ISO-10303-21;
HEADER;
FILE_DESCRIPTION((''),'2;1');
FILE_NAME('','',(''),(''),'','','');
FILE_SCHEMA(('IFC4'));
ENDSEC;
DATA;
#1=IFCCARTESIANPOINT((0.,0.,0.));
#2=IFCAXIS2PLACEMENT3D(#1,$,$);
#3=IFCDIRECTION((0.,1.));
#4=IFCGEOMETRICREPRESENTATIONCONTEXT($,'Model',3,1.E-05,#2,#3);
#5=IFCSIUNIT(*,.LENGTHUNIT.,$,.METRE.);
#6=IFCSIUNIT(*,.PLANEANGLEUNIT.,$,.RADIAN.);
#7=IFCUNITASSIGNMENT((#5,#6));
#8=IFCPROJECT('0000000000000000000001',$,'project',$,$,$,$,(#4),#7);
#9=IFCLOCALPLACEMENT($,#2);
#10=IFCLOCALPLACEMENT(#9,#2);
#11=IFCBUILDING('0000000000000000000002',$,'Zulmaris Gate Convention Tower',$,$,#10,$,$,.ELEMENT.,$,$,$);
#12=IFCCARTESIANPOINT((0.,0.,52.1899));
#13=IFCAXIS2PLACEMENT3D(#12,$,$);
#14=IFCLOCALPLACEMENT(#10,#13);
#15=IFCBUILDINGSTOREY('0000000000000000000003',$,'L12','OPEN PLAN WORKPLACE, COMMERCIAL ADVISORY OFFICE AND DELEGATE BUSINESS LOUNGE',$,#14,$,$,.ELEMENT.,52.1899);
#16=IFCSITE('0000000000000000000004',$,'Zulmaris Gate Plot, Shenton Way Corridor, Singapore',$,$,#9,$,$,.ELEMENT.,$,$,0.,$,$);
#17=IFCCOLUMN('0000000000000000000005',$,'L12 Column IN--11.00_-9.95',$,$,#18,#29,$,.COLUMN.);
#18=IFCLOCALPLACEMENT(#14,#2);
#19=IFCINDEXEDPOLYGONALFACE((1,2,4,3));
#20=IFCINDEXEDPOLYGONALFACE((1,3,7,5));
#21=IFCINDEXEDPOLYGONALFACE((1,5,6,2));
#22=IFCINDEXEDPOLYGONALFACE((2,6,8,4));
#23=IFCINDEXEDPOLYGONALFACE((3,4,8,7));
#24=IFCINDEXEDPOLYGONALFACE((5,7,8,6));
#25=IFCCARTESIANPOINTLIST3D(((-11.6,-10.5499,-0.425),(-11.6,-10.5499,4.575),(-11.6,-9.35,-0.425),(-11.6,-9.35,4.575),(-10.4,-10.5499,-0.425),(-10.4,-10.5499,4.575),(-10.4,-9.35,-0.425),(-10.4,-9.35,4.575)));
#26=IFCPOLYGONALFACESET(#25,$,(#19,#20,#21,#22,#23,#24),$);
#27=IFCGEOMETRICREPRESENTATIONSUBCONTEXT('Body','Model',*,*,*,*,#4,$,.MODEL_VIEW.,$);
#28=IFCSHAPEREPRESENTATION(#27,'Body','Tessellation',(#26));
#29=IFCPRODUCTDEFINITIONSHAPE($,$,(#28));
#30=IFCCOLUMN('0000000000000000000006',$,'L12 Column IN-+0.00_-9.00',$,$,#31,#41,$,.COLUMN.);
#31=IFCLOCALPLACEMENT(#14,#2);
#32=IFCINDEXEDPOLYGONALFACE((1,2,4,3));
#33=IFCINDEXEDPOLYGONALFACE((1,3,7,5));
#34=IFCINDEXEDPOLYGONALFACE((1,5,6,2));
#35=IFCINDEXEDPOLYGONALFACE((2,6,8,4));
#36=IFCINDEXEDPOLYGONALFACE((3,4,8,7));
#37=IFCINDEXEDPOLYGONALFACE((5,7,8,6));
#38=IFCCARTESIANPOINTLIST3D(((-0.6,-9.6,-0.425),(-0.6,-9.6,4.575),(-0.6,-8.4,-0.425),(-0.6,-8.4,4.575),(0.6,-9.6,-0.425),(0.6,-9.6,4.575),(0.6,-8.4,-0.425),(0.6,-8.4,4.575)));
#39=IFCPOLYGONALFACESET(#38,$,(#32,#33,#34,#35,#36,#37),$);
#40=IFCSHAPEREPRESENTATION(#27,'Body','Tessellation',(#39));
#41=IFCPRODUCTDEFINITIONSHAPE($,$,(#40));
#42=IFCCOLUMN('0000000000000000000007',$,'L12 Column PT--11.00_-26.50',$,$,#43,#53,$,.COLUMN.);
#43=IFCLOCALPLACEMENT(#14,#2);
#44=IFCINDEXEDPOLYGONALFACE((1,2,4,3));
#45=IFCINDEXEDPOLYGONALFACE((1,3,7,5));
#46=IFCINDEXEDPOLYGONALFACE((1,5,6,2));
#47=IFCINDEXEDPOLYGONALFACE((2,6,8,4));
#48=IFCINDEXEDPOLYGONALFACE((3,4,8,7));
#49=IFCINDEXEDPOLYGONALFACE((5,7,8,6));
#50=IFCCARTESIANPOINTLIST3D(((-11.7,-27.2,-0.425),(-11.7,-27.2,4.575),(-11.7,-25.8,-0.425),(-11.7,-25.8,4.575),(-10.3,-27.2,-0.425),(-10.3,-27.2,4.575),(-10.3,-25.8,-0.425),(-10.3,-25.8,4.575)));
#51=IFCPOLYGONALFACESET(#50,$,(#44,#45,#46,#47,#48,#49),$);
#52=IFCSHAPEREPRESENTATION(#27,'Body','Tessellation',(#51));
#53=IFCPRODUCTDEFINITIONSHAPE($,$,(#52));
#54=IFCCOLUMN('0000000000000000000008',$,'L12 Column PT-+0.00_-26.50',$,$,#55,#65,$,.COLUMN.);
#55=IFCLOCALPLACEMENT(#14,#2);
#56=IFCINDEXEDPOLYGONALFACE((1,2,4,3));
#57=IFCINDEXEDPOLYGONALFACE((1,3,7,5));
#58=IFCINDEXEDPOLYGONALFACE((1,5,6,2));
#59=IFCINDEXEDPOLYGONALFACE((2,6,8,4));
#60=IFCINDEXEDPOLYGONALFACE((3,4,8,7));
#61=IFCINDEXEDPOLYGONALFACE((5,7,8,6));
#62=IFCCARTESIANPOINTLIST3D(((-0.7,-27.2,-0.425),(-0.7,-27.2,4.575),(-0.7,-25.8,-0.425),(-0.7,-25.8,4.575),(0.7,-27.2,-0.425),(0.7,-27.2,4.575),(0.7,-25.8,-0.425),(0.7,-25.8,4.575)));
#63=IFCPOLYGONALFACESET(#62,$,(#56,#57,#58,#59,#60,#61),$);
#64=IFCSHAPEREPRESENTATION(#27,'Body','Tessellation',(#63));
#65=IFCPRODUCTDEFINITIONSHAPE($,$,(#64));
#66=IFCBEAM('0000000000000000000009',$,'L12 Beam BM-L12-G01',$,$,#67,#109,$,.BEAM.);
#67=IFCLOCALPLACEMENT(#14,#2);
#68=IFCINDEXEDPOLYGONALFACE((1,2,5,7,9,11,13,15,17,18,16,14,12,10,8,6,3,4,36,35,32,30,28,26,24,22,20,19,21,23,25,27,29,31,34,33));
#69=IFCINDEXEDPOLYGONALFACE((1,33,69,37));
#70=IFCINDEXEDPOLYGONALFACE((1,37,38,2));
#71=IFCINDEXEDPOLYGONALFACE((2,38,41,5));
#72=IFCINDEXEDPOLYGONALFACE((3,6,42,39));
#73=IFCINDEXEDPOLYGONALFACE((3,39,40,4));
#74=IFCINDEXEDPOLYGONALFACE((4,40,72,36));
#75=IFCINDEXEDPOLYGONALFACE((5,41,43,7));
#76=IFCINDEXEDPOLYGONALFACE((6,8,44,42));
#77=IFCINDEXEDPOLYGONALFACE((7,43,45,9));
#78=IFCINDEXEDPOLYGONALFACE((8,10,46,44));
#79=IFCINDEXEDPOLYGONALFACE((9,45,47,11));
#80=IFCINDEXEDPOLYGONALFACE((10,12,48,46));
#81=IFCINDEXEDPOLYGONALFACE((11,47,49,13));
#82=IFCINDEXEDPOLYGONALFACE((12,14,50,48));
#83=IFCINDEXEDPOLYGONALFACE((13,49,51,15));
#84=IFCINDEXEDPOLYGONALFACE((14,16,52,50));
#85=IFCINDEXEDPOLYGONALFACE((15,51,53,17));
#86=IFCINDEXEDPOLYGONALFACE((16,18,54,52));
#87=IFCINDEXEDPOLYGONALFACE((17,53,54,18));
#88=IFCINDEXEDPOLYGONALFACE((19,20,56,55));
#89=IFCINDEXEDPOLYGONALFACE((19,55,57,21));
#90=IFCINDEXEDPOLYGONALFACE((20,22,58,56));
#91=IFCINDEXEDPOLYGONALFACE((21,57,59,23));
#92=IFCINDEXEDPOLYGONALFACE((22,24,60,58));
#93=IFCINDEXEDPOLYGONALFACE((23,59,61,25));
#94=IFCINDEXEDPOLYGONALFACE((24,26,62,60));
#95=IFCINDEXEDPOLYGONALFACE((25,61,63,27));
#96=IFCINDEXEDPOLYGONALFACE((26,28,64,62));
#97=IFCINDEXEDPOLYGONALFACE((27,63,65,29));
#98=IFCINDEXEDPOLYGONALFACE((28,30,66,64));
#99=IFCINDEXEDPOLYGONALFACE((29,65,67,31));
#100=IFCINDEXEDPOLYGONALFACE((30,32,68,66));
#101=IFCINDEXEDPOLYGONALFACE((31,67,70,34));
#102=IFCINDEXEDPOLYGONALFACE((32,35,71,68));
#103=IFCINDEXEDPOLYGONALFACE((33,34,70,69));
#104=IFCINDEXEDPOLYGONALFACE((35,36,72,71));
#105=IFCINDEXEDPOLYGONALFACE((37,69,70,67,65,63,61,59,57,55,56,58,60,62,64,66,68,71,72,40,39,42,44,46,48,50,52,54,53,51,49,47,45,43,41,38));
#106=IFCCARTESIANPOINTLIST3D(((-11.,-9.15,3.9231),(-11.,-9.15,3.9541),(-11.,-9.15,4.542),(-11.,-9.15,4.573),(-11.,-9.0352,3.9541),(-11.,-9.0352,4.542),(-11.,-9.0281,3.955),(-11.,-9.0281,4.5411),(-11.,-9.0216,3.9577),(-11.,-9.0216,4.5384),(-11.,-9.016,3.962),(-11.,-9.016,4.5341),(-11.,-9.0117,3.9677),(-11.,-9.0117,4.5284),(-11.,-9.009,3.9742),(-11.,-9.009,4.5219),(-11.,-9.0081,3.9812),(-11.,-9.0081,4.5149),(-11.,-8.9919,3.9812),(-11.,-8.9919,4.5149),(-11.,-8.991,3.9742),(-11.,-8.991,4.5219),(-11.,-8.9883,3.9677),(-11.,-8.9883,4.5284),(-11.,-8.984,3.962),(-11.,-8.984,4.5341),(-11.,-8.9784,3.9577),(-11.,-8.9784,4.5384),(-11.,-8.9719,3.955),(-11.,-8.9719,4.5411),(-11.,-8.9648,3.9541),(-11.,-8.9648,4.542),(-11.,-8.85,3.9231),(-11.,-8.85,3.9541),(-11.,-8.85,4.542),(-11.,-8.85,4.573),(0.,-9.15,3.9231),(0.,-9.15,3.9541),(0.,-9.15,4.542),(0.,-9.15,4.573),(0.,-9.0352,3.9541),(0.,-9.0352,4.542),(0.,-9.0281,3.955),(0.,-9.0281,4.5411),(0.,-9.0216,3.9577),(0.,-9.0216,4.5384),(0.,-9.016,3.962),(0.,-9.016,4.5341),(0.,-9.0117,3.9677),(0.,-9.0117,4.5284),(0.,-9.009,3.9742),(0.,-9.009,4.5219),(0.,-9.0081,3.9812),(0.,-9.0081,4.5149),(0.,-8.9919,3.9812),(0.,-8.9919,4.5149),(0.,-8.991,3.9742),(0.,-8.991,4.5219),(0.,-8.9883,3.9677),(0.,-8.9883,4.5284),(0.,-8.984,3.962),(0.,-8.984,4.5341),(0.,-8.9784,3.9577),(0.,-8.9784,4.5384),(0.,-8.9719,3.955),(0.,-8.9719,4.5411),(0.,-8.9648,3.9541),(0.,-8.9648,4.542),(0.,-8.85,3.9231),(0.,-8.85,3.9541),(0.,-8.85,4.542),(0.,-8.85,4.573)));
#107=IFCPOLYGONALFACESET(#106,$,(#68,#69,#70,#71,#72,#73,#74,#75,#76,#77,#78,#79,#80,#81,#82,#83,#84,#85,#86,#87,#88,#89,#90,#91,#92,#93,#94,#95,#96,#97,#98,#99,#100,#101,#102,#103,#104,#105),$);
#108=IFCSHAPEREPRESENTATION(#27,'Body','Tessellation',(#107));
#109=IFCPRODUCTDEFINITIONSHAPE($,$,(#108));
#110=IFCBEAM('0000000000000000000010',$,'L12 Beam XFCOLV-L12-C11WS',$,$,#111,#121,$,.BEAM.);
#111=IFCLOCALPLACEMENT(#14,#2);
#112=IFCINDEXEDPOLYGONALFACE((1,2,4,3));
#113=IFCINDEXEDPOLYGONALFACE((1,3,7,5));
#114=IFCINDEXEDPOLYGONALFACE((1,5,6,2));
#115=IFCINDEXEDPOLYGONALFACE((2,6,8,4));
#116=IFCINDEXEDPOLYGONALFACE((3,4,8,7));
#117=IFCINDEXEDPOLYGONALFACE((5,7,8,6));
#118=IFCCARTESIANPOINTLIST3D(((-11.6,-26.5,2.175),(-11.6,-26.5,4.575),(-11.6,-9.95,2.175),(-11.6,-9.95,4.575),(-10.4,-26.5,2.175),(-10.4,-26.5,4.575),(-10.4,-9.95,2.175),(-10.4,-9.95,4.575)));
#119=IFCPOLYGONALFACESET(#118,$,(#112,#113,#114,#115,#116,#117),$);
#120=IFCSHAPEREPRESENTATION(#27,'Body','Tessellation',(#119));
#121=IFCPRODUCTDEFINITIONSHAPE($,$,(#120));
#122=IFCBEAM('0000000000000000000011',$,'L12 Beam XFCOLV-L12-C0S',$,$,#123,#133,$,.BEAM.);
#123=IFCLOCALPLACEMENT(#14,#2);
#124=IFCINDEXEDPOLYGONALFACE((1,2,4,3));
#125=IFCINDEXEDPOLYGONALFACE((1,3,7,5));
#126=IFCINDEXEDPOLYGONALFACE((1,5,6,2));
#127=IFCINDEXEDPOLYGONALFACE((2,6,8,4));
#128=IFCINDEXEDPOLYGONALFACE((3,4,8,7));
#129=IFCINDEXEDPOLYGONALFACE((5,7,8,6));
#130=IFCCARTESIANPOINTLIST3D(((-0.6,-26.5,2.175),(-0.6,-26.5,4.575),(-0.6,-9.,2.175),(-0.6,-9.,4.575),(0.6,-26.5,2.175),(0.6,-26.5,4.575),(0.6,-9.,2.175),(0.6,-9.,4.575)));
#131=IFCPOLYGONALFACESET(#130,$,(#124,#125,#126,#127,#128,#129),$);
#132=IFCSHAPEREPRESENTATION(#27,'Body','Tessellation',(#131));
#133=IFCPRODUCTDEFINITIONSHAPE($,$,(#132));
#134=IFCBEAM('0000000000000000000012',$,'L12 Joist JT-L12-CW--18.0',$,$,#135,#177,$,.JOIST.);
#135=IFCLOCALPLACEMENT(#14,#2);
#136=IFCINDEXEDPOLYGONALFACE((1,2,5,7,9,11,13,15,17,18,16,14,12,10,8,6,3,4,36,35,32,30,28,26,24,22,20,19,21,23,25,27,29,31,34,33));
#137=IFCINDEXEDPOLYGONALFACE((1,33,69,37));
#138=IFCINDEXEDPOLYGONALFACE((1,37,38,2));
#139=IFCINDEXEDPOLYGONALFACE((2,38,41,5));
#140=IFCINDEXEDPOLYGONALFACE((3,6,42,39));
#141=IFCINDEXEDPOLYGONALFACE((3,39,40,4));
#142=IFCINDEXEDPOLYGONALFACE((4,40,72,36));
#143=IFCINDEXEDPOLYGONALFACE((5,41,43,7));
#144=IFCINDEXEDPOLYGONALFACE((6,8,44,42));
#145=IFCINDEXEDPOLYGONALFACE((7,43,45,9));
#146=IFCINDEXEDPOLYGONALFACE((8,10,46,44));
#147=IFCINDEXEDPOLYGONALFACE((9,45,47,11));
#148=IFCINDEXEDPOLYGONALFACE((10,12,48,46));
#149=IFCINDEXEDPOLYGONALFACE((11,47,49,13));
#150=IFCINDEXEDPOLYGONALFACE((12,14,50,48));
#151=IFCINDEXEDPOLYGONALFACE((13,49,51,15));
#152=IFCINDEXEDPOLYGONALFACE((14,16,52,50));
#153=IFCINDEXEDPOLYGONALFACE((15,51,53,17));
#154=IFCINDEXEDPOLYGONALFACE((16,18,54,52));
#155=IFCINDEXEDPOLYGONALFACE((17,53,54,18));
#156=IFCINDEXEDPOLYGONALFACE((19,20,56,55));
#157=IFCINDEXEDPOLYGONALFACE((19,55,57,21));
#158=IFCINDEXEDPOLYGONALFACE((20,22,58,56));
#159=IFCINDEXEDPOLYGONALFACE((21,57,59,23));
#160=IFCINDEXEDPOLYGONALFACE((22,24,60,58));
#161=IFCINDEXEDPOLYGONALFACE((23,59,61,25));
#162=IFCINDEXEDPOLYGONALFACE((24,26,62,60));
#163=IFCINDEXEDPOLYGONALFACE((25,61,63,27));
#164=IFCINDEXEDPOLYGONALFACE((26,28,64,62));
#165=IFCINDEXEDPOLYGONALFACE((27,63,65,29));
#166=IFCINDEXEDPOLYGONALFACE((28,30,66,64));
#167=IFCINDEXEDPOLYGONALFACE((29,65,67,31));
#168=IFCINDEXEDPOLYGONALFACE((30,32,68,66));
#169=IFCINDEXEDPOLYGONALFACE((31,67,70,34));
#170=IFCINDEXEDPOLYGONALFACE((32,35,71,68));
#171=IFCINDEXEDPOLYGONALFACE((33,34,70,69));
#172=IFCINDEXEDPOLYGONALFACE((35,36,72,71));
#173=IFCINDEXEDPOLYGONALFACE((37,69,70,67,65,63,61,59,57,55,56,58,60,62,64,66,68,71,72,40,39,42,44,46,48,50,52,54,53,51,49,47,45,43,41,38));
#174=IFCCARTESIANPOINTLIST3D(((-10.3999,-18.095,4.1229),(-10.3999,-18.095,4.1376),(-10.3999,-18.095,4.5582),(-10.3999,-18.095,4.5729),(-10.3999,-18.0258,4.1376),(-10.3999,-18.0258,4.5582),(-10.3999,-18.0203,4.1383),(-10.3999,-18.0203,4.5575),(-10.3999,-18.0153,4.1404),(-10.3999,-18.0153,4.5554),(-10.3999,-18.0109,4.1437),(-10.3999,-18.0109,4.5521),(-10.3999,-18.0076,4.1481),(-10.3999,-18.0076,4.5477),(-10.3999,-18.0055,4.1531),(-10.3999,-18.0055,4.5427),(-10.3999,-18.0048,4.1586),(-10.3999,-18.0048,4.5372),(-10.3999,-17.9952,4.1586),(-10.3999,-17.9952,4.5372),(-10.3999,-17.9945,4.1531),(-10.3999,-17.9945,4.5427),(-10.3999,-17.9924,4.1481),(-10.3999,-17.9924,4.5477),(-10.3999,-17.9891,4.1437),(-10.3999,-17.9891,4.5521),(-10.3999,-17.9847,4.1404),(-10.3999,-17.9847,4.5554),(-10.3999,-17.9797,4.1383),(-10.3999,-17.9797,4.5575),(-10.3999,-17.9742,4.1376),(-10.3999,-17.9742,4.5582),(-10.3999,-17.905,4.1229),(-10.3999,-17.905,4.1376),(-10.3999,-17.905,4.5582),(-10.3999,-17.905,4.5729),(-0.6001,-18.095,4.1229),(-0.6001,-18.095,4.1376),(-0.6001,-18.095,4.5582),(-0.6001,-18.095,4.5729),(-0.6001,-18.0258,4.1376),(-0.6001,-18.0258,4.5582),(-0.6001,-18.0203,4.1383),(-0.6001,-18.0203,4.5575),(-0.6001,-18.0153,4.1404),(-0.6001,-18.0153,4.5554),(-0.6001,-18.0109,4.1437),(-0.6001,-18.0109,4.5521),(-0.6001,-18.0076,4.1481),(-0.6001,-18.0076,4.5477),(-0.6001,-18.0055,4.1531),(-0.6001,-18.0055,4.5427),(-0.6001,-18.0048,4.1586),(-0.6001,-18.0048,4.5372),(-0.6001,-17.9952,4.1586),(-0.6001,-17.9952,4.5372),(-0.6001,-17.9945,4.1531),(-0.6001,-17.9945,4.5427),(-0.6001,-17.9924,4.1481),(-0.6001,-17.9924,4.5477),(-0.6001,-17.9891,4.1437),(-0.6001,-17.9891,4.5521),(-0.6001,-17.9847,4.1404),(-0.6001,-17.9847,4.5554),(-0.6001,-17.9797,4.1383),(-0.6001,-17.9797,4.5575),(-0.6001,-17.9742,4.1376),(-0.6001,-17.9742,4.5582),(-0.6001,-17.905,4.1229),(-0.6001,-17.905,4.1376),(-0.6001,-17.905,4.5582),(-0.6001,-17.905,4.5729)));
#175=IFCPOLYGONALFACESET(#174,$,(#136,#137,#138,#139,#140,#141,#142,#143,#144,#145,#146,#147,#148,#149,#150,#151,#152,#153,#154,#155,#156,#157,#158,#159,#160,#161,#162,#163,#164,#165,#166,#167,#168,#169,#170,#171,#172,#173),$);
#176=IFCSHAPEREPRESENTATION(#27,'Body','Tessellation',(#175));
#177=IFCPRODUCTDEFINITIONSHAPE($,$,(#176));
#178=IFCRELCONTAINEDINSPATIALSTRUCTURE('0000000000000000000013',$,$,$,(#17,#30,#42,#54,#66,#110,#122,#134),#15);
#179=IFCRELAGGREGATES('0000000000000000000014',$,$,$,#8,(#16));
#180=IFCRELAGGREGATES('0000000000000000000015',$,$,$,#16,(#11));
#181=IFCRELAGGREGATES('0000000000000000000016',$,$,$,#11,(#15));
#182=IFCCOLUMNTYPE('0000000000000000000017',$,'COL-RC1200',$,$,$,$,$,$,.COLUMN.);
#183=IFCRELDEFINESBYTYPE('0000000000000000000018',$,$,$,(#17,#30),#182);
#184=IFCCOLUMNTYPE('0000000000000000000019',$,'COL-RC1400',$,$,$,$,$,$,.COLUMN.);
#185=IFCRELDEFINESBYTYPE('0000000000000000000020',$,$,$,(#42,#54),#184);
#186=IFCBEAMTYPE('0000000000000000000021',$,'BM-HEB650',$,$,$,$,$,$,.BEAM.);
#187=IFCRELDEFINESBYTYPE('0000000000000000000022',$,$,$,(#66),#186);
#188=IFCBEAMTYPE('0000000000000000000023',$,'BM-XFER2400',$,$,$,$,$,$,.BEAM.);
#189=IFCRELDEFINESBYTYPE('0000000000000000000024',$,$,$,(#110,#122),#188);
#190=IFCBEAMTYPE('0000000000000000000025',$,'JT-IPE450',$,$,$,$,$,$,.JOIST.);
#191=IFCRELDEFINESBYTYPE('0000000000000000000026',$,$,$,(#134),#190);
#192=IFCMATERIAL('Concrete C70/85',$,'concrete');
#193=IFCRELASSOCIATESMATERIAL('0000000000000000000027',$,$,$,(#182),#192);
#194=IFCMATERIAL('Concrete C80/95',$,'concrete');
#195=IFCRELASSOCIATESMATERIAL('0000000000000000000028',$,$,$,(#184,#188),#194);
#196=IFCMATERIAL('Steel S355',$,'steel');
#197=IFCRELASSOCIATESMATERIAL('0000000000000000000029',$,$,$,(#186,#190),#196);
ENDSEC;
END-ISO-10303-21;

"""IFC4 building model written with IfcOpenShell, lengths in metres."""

from ifc_helpers import new_model, si_unit, direction, frame, origin, origin_2d, place, context, subcontext, project, spatial, rectangle, i_section, extrude, material, material_profile, profile_set, type_object, element, save


model = new_model("IFC4")

# Units and contexts
model_context = context("Model", 3, precision=1e-05, world=origin(), true_north=direction((0.0, 1.0)))
body_context = subcontext(model_context, "Body", "Model", "MODEL_VIEW")
ifc_project = project(units=[si_unit("LENGTHUNIT", "METRE"), si_unit("PLANEANGLEUNIT", "RADIAN")], contexts=[model_context])

# Site, building, storey
site_placement = place(None, origin())
site = spatial("IfcSite", under=ifc_project, at=site_placement, Name="Zulmaris Gate Plot, Shenton Way Corridor, Singapore", CompositionType="ELEMENT", RefElevation=0.0)
building_placement = place(site_placement, origin())
building = spatial("IfcBuilding", under=site, at=building_placement, Name="Zulmaris Gate Convention Tower", CompositionType="ELEMENT")
storey_placement = place(building_placement, frame((0.0, 0.0, 52.1899)))
storey = spatial("IfcBuildingStorey", under=building, at=storey_placement, Name="L12", Description="OPEN PLAN WORKPLACE, COMMERCIAL ADVISORY OFFICE AND DELEGATE BUSINESS LOUNGE", CompositionType="ELEMENT", Elevation=52.1899)

# Columns
ifc_material_1 = material(Name="Concrete C70/85", Category="concrete")
ifc_material_profile_1 = material_profile(ifc_material_1, rectangle(XDim=1.2, YDim=1.2, at=origin_2d()), Name="RC COL 1200x1200")
ifc_profile_set_1 = profile_set([ifc_material_profile_1], Name="Concrete C70/85")
column_type_1 = type_object("IfcColumnType", Name="COL-RC1200", PredefinedType="COLUMN", material=ifc_profile_set_1)
for number, where, z_axis, x_axis, name in (
    (1, (-11.0, -9.95, -0.425), (0.0, 0.0, 1.0), (1.0, 0.0, 0.0), "L12 Column IN--11.00_-9.95"),
    (2, (0.0, -9.0, -0.425), (0.0, 0.0, 1.0), (1.0, 0.0, 0.0), "L12 Column IN-+0.00_-9.00"),
):
    element("IfcColumn", number, at=place(storey_placement, frame(where, z_axis=z_axis, x_axis=x_axis)), inside=storey, type_object=column_type_1, Name=name, PredefinedType="COLUMN", context=body_context, shape_type="SweptSolid", body=[
        extrude(rectangle(XDim=1.2, YDim=1.2, at=origin_2d()), origin(), (0.0, 0.0, 1.0), 5.0),
    ])
ifc_material_2 = material(Name="Concrete C80/95", Category="concrete")
ifc_material_profile_2 = material_profile(ifc_material_2, rectangle(XDim=1.3999, YDim=1.3999, at=origin_2d()), Name="RC COL 1400x1400")
ifc_profile_set_2 = profile_set([ifc_material_profile_2], Name="Concrete C80/95")
column_type_2 = type_object("IfcColumnType", Name="COL-RC1400", PredefinedType="COLUMN", material=ifc_profile_set_2)
for number, where, z_axis, x_axis, name in (
    (3, (-11.0, -26.5, -0.425), (0.0, 0.0, 1.0), (1.0, 0.0, 0.0), "L12 Column PT--11.00_-26.50"),
    (4, (0.0, -26.5, -0.425), (0.0, 0.0, 1.0), (1.0, 0.0, 0.0), "L12 Column PT-+0.00_-26.50"),
):
    element("IfcColumn", number, at=place(storey_placement, frame(where, z_axis=z_axis, x_axis=x_axis)), inside=storey, type_object=column_type_2, Name=name, PredefinedType="COLUMN", context=body_context, shape_type="SweptSolid", body=[
        extrude(rectangle(XDim=1.3999, YDim=1.3999, at=origin_2d()), origin(), (0.0, 0.0, 1.0), 5.0),
    ])

# Beams
ifc_material_3 = material(Name="Steel S355", Category="steel")
ifc_material_profile_3 = material_profile(ifc_material_3, i_section(OverallWidth=0.3, OverallDepth=0.6499, WebThickness=0.0161, FlangeThickness=0.031, FilletRadius=0.0271, at=origin_2d()), Name="HEB 650")
ifc_profile_set_3 = profile_set([ifc_material_profile_3], Name="Steel S355")
beam_type_1 = type_object("IfcBeamType", Name="BM-HEB650", PredefinedType="BEAM", material=ifc_profile_set_3)
beam_1_placement = place(storey_placement, frame((-11.0, -9.0, 4.248), z_axis=(1.0, 0.0, 0.0), x_axis=(0.0, 1.0, 0.0)))
element("IfcBeam", 5, at=beam_1_placement, inside=storey, type_object=beam_type_1, Name="L12 Beam BM-L12-G01", PredefinedType="BEAM", context=body_context, shape_type="SweptSolid", body=[
    extrude(i_section(OverallWidth=0.3, OverallDepth=0.6499, WebThickness=0.0161, FlangeThickness=0.031, FilletRadius=0.0271, at=origin_2d()), origin(), (0.0, 0.0, 1.0), 11.0),
])
ifc_material_profile_4 = material_profile(ifc_material_2, rectangle(XDim=1.2, YDim=2.3999, at=origin_2d()), Name="RC TRANSFER 1200x2400")
ifc_profile_set_4 = profile_set([ifc_material_profile_4], Name="Concrete C80/95")
beam_type_2 = type_object("IfcBeamType", Name="BM-XFER2400", PredefinedType="BEAM", material=ifc_profile_set_4)
beam_2_placement = place(storey_placement, frame((-11.0, -26.5, 3.375), z_axis=(0.0, 1.0, 0.0), x_axis=(-1.0, 0.0, 0.0)))
element("IfcBeam", 6, at=beam_2_placement, inside=storey, type_object=beam_type_2, Name="L12 Beam XFCOLV-L12-C11WS", PredefinedType="BEAM", context=body_context, shape_type="SweptSolid", body=[
    extrude(rectangle(XDim=1.2, YDim=2.3999, at=origin_2d()), origin(), (0.0, 0.0, 1.0), 16.55),
])
beam_3_placement = place(storey_placement, frame((0.0, -26.5, 3.375), z_axis=(0.0, 1.0, 0.0), x_axis=(-1.0, 0.0, 0.0)))
element("IfcBeam", 7, at=beam_3_placement, inside=storey, type_object=beam_type_2, Name="L12 Beam XFCOLV-L12-C0S", PredefinedType="BEAM", context=body_context, shape_type="SweptSolid", body=[
    extrude(rectangle(XDim=1.2, YDim=2.3999, at=origin_2d()), origin(), (0.0, 0.0, 1.0), 17.5),
])
ifc_material_profile_5 = material_profile(ifc_material_3, i_section(OverallWidth=0.1899, OverallDepth=0.45, WebThickness=0.0095, FlangeThickness=0.0146, FilletRadius=0.021, at=origin_2d()), Name="IPE 450")
ifc_profile_set_5 = profile_set([ifc_material_profile_5], Name="Steel S355")
beam_type_3 = type_object("IfcBeamType", Name="JT-IPE450", PredefinedType="JOIST", material=ifc_profile_set_5)
for number, where, z_axis, x_axis, name in (
    (8, (-10.3999, -18.0, 4.3479), (1.0, 0.0, 0.0), (0.0, 1.0, 0.0), "L12 Joist JT-L12-CW--18.0"),
):
    element("IfcBeam", number, at=place(storey_placement, frame(where, z_axis=z_axis, x_axis=x_axis)), inside=storey, type_object=beam_type_3, Name=name, PredefinedType="JOIST", context=body_context, shape_type="SweptSolid", body=[
        extrude(i_section(OverallWidth=0.1899, OverallDepth=0.45, WebThickness=0.0095, FlangeThickness=0.0146, FilletRadius=0.021, at=origin_2d()), origin(), (0.0, 0.0, 1.0), 9.7998),
    ])

save(model, "model.ifc")
